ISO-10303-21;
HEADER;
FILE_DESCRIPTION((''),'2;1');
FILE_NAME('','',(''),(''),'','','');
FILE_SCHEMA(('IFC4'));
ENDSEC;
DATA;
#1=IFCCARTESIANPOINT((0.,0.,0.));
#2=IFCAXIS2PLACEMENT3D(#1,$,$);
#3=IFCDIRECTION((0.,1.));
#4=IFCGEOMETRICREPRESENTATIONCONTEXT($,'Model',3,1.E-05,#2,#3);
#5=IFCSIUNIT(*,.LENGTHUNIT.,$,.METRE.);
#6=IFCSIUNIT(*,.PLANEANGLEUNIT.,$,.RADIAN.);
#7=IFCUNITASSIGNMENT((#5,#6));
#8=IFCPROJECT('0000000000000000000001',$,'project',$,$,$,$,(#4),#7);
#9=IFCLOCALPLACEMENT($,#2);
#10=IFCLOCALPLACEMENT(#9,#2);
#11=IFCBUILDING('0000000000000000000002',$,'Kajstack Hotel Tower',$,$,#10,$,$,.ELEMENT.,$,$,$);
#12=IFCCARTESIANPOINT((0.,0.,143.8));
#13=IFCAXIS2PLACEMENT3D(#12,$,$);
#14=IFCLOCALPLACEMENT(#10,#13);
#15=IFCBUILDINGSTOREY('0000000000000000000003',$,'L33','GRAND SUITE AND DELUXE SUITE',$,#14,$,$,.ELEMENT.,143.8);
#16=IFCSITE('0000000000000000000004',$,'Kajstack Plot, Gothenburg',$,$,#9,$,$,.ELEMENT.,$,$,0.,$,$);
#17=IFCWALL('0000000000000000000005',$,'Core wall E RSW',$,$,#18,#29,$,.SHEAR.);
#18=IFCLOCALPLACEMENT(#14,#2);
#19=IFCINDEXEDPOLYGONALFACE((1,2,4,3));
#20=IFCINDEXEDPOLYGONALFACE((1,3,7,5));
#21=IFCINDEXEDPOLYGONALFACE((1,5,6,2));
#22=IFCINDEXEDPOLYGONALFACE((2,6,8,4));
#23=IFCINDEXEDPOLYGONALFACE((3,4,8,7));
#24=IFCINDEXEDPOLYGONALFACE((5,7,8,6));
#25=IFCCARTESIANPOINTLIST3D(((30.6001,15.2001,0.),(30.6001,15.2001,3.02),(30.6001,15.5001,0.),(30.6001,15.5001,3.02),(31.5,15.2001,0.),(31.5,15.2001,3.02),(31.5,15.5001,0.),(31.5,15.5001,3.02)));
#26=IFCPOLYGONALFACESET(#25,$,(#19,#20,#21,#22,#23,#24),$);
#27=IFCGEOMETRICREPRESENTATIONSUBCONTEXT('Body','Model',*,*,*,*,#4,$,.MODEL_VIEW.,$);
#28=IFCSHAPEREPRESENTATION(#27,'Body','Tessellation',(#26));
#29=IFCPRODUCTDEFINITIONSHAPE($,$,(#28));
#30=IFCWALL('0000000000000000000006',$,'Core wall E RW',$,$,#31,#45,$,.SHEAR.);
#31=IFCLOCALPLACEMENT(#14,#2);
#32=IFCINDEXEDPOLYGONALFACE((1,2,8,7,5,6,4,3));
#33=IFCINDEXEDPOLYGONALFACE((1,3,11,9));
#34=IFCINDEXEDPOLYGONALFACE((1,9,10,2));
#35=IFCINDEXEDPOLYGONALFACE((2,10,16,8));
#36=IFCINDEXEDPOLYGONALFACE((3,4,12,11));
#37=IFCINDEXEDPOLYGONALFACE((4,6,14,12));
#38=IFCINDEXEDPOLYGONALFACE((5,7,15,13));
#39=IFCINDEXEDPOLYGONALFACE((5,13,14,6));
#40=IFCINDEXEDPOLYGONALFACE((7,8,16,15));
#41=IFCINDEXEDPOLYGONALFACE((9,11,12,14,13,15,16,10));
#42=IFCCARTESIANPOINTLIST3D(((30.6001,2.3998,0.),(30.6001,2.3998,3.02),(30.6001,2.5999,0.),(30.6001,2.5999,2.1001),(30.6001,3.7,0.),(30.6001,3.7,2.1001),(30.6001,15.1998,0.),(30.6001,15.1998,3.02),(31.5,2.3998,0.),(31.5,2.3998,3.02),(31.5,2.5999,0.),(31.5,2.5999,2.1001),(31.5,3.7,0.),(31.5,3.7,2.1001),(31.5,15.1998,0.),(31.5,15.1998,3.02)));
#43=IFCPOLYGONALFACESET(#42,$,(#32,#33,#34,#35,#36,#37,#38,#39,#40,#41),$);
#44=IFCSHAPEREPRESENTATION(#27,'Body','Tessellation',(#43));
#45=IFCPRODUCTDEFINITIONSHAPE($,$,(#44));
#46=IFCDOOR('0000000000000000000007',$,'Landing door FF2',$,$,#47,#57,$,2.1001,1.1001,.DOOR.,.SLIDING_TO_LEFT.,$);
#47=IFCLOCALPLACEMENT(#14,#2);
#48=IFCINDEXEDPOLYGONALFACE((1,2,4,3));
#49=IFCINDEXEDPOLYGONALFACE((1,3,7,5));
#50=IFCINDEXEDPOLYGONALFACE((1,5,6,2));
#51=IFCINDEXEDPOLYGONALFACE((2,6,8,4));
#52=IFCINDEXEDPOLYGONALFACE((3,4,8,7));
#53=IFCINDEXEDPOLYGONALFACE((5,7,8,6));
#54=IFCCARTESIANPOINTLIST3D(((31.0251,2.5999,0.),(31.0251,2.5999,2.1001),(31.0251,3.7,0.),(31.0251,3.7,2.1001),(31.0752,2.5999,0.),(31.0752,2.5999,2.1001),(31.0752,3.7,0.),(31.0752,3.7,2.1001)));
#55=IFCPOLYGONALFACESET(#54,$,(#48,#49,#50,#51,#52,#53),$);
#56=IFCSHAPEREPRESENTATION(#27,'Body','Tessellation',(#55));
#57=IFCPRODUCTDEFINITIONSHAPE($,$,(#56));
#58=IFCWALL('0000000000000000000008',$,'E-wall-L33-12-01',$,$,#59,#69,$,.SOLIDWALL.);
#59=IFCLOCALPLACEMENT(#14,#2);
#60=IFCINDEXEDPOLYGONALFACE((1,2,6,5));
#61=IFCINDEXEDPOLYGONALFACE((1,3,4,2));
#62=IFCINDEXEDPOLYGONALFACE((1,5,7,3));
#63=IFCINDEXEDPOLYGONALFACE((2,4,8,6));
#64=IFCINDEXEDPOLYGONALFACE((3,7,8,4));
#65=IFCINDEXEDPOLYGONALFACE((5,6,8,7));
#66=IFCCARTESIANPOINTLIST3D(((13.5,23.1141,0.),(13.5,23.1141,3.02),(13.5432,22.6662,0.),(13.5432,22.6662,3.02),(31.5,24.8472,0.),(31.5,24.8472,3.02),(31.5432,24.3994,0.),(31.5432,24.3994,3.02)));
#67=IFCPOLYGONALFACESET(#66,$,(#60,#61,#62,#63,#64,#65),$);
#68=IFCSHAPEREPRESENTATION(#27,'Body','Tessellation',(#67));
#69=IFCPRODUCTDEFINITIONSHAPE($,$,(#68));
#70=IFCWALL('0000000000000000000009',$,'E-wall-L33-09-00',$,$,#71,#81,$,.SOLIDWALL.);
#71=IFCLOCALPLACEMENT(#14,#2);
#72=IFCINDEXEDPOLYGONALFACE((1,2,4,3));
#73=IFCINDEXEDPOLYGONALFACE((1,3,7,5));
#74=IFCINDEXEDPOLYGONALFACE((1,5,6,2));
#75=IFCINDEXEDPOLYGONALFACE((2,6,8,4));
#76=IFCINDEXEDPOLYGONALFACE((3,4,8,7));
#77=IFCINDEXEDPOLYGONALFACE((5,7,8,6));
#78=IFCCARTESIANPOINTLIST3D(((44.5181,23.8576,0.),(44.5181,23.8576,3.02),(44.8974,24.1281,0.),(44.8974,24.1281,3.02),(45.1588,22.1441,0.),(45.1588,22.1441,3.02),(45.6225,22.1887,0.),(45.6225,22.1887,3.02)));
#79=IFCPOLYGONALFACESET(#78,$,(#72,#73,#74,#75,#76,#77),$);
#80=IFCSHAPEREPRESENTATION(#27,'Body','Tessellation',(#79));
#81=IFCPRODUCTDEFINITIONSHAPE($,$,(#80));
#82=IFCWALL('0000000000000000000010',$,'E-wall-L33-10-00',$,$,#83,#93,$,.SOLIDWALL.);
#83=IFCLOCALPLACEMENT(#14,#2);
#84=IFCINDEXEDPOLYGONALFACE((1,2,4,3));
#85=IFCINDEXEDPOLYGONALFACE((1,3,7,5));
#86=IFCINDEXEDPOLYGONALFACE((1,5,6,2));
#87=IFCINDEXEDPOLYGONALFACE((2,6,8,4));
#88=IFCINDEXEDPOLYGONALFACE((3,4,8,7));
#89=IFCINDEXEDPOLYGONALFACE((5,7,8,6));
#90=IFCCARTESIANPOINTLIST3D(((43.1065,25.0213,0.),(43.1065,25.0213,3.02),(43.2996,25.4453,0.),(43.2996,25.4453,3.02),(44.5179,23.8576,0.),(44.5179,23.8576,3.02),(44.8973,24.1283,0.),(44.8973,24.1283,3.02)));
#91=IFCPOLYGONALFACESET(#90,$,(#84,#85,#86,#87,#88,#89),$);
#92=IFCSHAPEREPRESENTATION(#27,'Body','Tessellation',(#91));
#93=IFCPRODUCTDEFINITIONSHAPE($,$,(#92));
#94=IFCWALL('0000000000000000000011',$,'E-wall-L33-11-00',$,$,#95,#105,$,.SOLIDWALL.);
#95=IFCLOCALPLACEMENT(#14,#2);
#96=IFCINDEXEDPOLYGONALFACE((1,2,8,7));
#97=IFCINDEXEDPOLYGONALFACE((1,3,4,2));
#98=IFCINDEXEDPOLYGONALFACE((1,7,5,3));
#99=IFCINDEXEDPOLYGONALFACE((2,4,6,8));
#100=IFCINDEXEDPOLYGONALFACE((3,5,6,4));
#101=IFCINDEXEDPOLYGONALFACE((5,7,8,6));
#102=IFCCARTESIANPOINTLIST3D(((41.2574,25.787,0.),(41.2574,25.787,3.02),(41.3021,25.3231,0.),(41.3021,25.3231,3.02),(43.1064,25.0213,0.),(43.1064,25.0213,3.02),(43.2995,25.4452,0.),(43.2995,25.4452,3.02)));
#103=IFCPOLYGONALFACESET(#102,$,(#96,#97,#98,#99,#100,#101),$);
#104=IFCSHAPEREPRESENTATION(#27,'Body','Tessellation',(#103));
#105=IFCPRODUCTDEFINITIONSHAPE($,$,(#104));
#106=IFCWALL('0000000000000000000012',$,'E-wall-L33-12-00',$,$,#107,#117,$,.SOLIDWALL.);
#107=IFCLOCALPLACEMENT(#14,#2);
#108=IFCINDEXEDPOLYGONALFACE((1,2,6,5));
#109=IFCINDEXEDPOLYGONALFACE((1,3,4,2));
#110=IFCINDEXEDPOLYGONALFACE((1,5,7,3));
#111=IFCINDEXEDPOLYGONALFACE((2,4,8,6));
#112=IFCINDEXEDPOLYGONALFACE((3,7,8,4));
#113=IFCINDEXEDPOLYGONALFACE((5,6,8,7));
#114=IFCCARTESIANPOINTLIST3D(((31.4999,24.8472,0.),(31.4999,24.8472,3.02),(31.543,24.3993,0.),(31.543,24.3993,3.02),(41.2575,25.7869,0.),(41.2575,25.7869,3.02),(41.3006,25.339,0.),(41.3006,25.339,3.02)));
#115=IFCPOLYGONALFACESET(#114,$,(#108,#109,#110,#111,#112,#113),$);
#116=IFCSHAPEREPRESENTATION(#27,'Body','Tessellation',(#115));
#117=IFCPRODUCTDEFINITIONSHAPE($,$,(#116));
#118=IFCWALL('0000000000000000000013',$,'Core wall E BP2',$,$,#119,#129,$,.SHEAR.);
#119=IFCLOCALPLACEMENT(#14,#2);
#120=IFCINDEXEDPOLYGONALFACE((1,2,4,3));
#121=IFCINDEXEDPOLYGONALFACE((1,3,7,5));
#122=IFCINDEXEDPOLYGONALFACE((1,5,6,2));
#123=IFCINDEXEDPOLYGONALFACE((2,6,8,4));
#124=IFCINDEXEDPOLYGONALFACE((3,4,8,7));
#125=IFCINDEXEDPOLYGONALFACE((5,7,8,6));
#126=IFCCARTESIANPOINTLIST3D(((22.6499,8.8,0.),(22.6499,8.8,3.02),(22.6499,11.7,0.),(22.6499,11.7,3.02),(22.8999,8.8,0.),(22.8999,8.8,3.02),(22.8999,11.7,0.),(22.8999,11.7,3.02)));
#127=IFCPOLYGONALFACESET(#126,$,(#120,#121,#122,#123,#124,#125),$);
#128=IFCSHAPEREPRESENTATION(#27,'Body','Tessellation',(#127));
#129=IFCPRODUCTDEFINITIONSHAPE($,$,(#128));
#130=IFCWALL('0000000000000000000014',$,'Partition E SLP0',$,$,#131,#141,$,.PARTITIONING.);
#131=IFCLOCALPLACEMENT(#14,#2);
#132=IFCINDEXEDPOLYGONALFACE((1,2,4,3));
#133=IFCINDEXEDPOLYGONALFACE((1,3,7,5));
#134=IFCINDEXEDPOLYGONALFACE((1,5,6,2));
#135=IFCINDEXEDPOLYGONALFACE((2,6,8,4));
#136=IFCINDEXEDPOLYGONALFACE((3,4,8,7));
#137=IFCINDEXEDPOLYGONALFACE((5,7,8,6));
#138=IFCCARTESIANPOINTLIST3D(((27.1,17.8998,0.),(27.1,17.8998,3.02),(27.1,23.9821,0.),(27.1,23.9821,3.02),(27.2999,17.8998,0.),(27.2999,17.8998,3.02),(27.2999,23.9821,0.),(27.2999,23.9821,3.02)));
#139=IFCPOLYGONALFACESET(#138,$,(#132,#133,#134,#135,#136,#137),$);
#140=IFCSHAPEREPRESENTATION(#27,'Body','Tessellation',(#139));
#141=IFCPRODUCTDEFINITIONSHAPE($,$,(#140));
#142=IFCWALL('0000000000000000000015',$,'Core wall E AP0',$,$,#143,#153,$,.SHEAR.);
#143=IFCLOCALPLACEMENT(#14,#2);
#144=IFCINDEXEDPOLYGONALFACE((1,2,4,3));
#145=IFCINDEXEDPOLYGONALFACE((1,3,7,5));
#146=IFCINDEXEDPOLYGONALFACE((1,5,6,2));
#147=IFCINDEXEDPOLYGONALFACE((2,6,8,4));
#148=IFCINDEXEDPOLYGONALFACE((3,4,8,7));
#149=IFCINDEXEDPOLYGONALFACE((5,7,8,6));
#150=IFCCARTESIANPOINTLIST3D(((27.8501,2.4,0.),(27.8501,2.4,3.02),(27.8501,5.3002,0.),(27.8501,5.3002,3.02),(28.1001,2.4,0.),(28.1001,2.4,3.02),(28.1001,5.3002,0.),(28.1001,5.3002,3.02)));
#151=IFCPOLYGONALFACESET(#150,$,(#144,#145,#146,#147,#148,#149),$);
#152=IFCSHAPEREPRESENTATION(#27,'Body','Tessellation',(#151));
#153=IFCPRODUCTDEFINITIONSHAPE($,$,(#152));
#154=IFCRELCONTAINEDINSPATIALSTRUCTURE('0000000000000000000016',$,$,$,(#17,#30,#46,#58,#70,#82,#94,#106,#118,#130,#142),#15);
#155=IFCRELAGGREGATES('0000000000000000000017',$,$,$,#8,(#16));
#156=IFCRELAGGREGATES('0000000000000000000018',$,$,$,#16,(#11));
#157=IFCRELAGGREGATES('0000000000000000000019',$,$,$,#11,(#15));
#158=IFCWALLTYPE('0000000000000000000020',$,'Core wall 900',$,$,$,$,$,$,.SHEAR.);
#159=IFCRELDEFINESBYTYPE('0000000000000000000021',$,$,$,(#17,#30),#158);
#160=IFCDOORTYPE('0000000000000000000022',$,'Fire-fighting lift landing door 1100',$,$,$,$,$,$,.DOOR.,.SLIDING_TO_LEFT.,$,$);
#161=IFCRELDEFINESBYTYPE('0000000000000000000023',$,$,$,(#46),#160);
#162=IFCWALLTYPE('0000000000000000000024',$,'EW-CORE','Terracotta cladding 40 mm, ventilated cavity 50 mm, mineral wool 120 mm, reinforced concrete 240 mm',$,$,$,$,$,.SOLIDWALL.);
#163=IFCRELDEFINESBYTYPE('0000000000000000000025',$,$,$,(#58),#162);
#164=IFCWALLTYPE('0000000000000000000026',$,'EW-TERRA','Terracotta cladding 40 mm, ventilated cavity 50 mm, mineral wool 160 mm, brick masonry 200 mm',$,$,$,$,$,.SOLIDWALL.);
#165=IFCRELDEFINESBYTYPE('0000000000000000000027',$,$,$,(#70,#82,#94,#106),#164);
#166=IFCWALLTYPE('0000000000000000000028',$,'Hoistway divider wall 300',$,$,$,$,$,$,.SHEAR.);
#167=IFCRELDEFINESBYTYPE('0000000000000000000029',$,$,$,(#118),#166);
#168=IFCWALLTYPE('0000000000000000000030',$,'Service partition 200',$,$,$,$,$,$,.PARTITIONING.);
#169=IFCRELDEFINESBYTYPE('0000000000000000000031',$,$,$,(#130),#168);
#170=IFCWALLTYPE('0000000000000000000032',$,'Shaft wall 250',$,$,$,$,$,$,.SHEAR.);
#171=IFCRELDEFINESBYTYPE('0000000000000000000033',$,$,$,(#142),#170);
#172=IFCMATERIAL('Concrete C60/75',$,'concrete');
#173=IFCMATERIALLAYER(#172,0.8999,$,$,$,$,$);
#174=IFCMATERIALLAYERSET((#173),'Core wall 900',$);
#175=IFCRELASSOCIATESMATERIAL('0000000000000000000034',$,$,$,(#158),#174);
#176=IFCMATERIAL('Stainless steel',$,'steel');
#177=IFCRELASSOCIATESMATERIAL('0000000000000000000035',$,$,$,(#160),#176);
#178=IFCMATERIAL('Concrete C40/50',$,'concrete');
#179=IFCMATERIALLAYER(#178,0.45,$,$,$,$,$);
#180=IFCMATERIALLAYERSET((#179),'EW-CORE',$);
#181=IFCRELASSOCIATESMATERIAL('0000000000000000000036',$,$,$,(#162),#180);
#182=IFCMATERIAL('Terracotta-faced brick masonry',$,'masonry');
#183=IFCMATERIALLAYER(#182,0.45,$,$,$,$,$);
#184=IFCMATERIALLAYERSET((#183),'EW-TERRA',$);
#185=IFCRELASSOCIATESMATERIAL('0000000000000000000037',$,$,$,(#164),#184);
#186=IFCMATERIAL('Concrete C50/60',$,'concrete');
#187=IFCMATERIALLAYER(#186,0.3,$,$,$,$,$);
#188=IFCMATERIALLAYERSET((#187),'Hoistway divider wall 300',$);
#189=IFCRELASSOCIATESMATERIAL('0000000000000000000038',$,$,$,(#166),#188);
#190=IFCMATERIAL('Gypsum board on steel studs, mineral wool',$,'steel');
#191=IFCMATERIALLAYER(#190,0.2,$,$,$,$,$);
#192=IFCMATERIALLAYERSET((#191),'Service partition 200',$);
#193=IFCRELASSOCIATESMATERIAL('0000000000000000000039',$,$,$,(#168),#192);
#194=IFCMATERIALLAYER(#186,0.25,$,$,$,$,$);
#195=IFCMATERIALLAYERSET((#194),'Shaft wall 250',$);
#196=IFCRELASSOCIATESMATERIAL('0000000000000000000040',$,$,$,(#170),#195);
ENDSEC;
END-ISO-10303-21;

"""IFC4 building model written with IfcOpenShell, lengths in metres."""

from ifc_helpers import new_model, si_unit, direction, frame, frame_2d, origin, place, context, subcontext, project, spatial, polyline, rectangle, outline, extrude, material, layer, layer_set, type_object, element, fill, save


model = new_model("IFC4")

# Units and contexts
model_context = context("Model", 3, precision=1e-05, world=origin(), true_north=direction((0.0, 1.0)))
body_context = subcontext(model_context, "Body", "Model", "MODEL_VIEW")
ifc_project = project(units=[si_unit("LENGTHUNIT", "METRE"), si_unit("PLANEANGLEUNIT", "RADIAN")], contexts=[model_context])

# Site, building, storey
site_placement = place(None, origin())
site = spatial("IfcSite", under=ifc_project, at=site_placement, Name="Kajstack Plot, Gothenburg", CompositionType="ELEMENT", RefElevation=0.0)
building_placement = place(site_placement, origin())
building = spatial("IfcBuilding", under=site, at=building_placement, Name="Kajstack Hotel Tower", CompositionType="ELEMENT")
storey_placement = place(building_placement, frame((0.0, 0.0, 143.8)))
storey = spatial("IfcBuildingStorey", under=building, at=storey_placement, Name="L33", Description="GRAND SUITE AND DELUXE SUITE", CompositionType="ELEMENT", Elevation=143.8)

# Wall
ifc_material_1 = material(Name="Concrete C60/75", Category="concrete")
ifc_layer_1 = layer(ifc_material_1, 0.8999)
ifc_layer_set_1 = layer_set([ifc_layer_1], Name="Core wall 900")
wall_type_1 = type_object("IfcWallType", Name="Core wall 900", PredefinedType="SHEAR", material=ifc_layer_set_1)
wall_1_placement = place(storey_placement, frame((30.6001, 15.3501, 0.0), z_axis=(0.0, 0.0, 1.0), x_axis=(1.0, 0.0, 0.0)))
element("IfcWall", 1, at=wall_1_placement, inside=storey, type_object=wall_type_1, Name="Core wall E RSW", PredefinedType="SHEAR", context=body_context, shape_type="SweptSolid", body=[
    extrude(rectangle(XDim=0.8999, YDim=0.3, at=frame_2d((0.45, 0.0))), origin(), (0.0, 0.0, 1.0), 3.02),
])

# Wall, opening, door
wall_2_placement = place(storey_placement, frame((31.05, 2.3999, 0.0), z_axis=(0.0, 0.0, 1.0), x_axis=(0.0, 1.0, 0.0)))
wall_2 = element("IfcWall", 2, at=wall_2_placement, inside=storey, type_object=wall_type_1, Name="Core wall E RW", PredefinedType="SHEAR", context=body_context, shape_type="SweptSolid", body=[
    extrude(rectangle(XDim=12.8, YDim=0.8999, at=frame_2d((6.3999, 0.0))), origin(), (0.0, 0.0, 1.0), 3.02),
])
opening_1_placement = place(wall_2_placement, frame((0.2, 0.0, 0.0)))
opening_1 = element("IfcOpeningElement", 3, at=opening_1_placement, cuts=wall_2, PredefinedType="OPENING", context=body_context, shape_type="SweptSolid", body=[
    extrude(rectangle(XDim=1.1001, YDim=2.1001, at=frame_2d((0.55, 1.05))), frame((0.0, 0.46, 0.0), z_axis=(0.0, -1.0, 0.0), x_axis=(1.0, 0.0, 0.0)), (0.0, 0.0, 1.0), 0.9199),
])
ifc_material_2 = material(Name="Stainless steel", Category="steel")
door_type_1 = type_object("IfcDoorType", Name="Fire-fighting lift landing door 1100", OperationType="SLIDING_TO_LEFT", PredefinedType="DOOR", material=ifc_material_2)
door_1_placement = place(opening_1_placement, origin())
door_1 = element("IfcDoor", 4, at=door_1_placement, inside=storey, type_object=door_type_1, Name="Landing door FF2", OperationType="SLIDING_TO_LEFT", OverallHeight=2.1001, OverallWidth=1.1001, PredefinedType="DOOR", context=body_context, shape_type="SweptSolid", body=[
    extrude(rectangle(XDim=1.1001, YDim=2.1001, at=frame_2d((0.55, 1.05))), frame((0.0, 0.0249, 0.0), z_axis=(0.0, -1.0, 0.0), x_axis=(1.0, 0.0, 0.0)), (0.0, 0.0, 1.0), 0.05),
])
fill(opening_1, door_1)

# Walls
ifc_material_3 = material(Name="Concrete C40/50", Category="concrete")
ifc_layer_2 = layer(ifc_material_3, 0.45)
ifc_layer_set_2 = layer_set([ifc_layer_2], Name="EW-CORE")
wall_type_2 = type_object("IfcWallType", Name="EW-CORE", Description="Terracotta cladding 40 mm, ventilated cavity 50 mm, mineral wool 120 mm, reinforced concrete 240 mm", PredefinedType="SOLIDWALL", material=ifc_layer_set_2)
wall_3_placement = place(storey_placement, frame((31.5215, 24.6233, 0.0), z_axis=(0.0, 0.0, 1.0), x_axis=(-0.995396, -0.095843, 0.0)))
element("IfcWall", 5, at=wall_3_placement, inside=storey, type_object=wall_type_2, Name="E-wall-L33-12-01", PredefinedType="SOLIDWALL", context=body_context, shape_type="SweptSolid", body=[
    extrude(rectangle(XDim=18.0833, YDim=0.45, at=frame_2d((9.0415, 0.0))), origin(), (0.0, 0.0, 1.0), 3.02),
])
ifc_material_4 = material(Name="Terracotta-faced brick masonry", Category="masonry")
ifc_layer_3 = layer(ifc_material_4, 0.45)
ifc_layer_set_3 = layer_set([ifc_layer_3], Name="EW-TERRA")
wall_type_3 = type_object("IfcWallType", Name="EW-TERRA", Description="Terracotta cladding 40 mm, ventilated cavity 50 mm, mineral wool 160 mm, brick masonry 200 mm", PredefinedType="SOLIDWALL", material=ifc_layer_set_3)
wall_4_placement = place(storey_placement, frame((45.4116, 22.1099, 0.0), z_axis=(0.0, 0.0, 1.0), x_axis=(-0.350193, 0.936678, 0.0)))
element("IfcWall", 6, at=wall_4_placement, inside=storey, type_object=wall_type_3, Name="E-wall-L33-09-00", PredefinedType="SOLIDWALL", context=body_context, shape_type="SweptSolid", body=[
    extrude(outline(polyline([(0.0, -0.2251), (2.0706, -0.2251), (1.95, 0.2249), (0.1206, 0.2249), (0.0, -0.2251)])), origin(), (0.0, 0.0, 1.0), 3.02),
])
wall_5_placement = place(storey_placement, frame((44.7542, 23.9546, 0.0), z_axis=(0.0, 0.0, 1.0), x_axis=(-0.771651, 0.636046, 0.0)))
element("IfcWall", 7, at=wall_5_placement, inside=storey, type_object=wall_type_3, Name="E-wall-L33-10-00", PredefinedType="SOLIDWALL", context=body_context, shape_type="SweptSolid", body=[
    extrude(outline(polyline([(0.0, -0.2251), (2.0706, -0.2251), (1.95, 0.2249), (0.1206, 0.2251), (0.0, -0.2251)])), origin(), (0.0, 0.0, 1.0), 3.02),
])
wall_6_placement = place(storey_placement, frame((43.2625, 25.2234, 0.0), z_axis=(0.0, 0.0, 1.0), x_axis=(-0.986298, 0.164973, 0.0)))
element("IfcWall", 8, at=wall_6_placement, inside=storey, type_object=wall_type_3, Name="E-wall-L33-11-00", PredefinedType="SOLIDWALL", context=body_context, shape_type="SweptSolid", body=[
    extrude(outline(polyline([(0.0, -0.2249), (2.0706, -0.2251), (1.95, 0.2251), (0.1206, 0.2251), (0.0, -0.2249)])), origin(), (0.0, 0.0, 1.0), 3.02),
])
wall_7_placement = place(storey_placement, frame((41.2791, 25.563, 0.0), z_axis=(0.0, 0.0, 1.0), x_axis=(-0.995395, -0.095861, 0.0)))
element("IfcWall", 9, at=wall_7_placement, inside=storey, type_object=wall_type_3, Name="E-wall-L33-12-00", PredefinedType="SOLIDWALL", context=body_context, shape_type="SweptSolid", body=[
    extrude(rectangle(XDim=9.8027, YDim=0.45, at=frame_2d((4.9014, 0.0))), origin(), (0.0, 0.0, 1.0), 3.02),
])
ifc_material_5 = material(Name="Concrete C50/60", Category="concrete")
ifc_layer_4 = layer(ifc_material_5, 0.3)
ifc_layer_set_4 = layer_set([ifc_layer_4], Name="Hoistway divider wall 300")
wall_type_4 = type_object("IfcWallType", Name="Hoistway divider wall 300", PredefinedType="SHEAR", material=ifc_layer_set_4)
wall_8_placement = place(storey_placement, frame((22.7749, 8.8, 0.0), z_axis=(0.0, 0.0, 1.0), x_axis=(0.0, 1.0, 0.0)))
element("IfcWall", 10, at=wall_8_placement, inside=storey, type_object=wall_type_4, Name="Core wall E BP2", PredefinedType="SHEAR", context=body_context, shape_type="SweptSolid", body=[
    extrude(rectangle(XDim=2.8999, YDim=0.25, at=frame_2d((1.45, 0.0))), origin(), (0.0, 0.0, 1.0), 3.02),
])
ifc_material_6 = material(Name="Gypsum board on steel studs, mineral wool", Category="steel")
ifc_layer_5 = layer(ifc_material_6, 0.2)
ifc_layer_set_5 = layer_set([ifc_layer_5], Name="Service partition 200")
wall_type_5 = type_object("IfcWallType", Name="Service partition 200", PredefinedType="PARTITIONING", material=ifc_layer_set_5)
wall_9_placement = place(storey_placement, frame((27.2, 17.8999, 0.0), z_axis=(0.0, 0.0, 1.0), x_axis=(0.0, 1.0, 0.0)))
element("IfcWall", 11, at=wall_9_placement, inside=storey, type_object=wall_type_5, Name="Partition E SLP0", PredefinedType="PARTITIONING", context=body_context, shape_type="SweptSolid", body=[
    extrude(rectangle(XDim=6.0823, YDim=0.2, at=frame_2d((3.041, 0.0))), origin(), (0.0, 0.0, 1.0), 3.02),
])
ifc_layer_6 = layer(ifc_material_5, 0.25)
ifc_layer_set_6 = layer_set([ifc_layer_6], Name="Shaft wall 250")
wall_type_6 = type_object("IfcWallType", Name="Shaft wall 250", PredefinedType="SHEAR", material=ifc_layer_set_6)
wall_10_placement = place(storey_placement, frame((27.9751, 2.3999, 0.0), z_axis=(0.0, 0.0, 1.0), x_axis=(0.0, 1.0, 0.0)))
element("IfcWall", 12, at=wall_10_placement, inside=storey, type_object=wall_type_6, Name="Core wall E AP0", PredefinedType="SHEAR", context=body_context, shape_type="SweptSolid", body=[
    extrude(rectangle(XDim=2.9001, YDim=0.25, at=frame_2d((1.4502, 0.0))), origin(), (0.0, 0.0, 1.0), 3.02),
])

save(model, "model.ifc")
